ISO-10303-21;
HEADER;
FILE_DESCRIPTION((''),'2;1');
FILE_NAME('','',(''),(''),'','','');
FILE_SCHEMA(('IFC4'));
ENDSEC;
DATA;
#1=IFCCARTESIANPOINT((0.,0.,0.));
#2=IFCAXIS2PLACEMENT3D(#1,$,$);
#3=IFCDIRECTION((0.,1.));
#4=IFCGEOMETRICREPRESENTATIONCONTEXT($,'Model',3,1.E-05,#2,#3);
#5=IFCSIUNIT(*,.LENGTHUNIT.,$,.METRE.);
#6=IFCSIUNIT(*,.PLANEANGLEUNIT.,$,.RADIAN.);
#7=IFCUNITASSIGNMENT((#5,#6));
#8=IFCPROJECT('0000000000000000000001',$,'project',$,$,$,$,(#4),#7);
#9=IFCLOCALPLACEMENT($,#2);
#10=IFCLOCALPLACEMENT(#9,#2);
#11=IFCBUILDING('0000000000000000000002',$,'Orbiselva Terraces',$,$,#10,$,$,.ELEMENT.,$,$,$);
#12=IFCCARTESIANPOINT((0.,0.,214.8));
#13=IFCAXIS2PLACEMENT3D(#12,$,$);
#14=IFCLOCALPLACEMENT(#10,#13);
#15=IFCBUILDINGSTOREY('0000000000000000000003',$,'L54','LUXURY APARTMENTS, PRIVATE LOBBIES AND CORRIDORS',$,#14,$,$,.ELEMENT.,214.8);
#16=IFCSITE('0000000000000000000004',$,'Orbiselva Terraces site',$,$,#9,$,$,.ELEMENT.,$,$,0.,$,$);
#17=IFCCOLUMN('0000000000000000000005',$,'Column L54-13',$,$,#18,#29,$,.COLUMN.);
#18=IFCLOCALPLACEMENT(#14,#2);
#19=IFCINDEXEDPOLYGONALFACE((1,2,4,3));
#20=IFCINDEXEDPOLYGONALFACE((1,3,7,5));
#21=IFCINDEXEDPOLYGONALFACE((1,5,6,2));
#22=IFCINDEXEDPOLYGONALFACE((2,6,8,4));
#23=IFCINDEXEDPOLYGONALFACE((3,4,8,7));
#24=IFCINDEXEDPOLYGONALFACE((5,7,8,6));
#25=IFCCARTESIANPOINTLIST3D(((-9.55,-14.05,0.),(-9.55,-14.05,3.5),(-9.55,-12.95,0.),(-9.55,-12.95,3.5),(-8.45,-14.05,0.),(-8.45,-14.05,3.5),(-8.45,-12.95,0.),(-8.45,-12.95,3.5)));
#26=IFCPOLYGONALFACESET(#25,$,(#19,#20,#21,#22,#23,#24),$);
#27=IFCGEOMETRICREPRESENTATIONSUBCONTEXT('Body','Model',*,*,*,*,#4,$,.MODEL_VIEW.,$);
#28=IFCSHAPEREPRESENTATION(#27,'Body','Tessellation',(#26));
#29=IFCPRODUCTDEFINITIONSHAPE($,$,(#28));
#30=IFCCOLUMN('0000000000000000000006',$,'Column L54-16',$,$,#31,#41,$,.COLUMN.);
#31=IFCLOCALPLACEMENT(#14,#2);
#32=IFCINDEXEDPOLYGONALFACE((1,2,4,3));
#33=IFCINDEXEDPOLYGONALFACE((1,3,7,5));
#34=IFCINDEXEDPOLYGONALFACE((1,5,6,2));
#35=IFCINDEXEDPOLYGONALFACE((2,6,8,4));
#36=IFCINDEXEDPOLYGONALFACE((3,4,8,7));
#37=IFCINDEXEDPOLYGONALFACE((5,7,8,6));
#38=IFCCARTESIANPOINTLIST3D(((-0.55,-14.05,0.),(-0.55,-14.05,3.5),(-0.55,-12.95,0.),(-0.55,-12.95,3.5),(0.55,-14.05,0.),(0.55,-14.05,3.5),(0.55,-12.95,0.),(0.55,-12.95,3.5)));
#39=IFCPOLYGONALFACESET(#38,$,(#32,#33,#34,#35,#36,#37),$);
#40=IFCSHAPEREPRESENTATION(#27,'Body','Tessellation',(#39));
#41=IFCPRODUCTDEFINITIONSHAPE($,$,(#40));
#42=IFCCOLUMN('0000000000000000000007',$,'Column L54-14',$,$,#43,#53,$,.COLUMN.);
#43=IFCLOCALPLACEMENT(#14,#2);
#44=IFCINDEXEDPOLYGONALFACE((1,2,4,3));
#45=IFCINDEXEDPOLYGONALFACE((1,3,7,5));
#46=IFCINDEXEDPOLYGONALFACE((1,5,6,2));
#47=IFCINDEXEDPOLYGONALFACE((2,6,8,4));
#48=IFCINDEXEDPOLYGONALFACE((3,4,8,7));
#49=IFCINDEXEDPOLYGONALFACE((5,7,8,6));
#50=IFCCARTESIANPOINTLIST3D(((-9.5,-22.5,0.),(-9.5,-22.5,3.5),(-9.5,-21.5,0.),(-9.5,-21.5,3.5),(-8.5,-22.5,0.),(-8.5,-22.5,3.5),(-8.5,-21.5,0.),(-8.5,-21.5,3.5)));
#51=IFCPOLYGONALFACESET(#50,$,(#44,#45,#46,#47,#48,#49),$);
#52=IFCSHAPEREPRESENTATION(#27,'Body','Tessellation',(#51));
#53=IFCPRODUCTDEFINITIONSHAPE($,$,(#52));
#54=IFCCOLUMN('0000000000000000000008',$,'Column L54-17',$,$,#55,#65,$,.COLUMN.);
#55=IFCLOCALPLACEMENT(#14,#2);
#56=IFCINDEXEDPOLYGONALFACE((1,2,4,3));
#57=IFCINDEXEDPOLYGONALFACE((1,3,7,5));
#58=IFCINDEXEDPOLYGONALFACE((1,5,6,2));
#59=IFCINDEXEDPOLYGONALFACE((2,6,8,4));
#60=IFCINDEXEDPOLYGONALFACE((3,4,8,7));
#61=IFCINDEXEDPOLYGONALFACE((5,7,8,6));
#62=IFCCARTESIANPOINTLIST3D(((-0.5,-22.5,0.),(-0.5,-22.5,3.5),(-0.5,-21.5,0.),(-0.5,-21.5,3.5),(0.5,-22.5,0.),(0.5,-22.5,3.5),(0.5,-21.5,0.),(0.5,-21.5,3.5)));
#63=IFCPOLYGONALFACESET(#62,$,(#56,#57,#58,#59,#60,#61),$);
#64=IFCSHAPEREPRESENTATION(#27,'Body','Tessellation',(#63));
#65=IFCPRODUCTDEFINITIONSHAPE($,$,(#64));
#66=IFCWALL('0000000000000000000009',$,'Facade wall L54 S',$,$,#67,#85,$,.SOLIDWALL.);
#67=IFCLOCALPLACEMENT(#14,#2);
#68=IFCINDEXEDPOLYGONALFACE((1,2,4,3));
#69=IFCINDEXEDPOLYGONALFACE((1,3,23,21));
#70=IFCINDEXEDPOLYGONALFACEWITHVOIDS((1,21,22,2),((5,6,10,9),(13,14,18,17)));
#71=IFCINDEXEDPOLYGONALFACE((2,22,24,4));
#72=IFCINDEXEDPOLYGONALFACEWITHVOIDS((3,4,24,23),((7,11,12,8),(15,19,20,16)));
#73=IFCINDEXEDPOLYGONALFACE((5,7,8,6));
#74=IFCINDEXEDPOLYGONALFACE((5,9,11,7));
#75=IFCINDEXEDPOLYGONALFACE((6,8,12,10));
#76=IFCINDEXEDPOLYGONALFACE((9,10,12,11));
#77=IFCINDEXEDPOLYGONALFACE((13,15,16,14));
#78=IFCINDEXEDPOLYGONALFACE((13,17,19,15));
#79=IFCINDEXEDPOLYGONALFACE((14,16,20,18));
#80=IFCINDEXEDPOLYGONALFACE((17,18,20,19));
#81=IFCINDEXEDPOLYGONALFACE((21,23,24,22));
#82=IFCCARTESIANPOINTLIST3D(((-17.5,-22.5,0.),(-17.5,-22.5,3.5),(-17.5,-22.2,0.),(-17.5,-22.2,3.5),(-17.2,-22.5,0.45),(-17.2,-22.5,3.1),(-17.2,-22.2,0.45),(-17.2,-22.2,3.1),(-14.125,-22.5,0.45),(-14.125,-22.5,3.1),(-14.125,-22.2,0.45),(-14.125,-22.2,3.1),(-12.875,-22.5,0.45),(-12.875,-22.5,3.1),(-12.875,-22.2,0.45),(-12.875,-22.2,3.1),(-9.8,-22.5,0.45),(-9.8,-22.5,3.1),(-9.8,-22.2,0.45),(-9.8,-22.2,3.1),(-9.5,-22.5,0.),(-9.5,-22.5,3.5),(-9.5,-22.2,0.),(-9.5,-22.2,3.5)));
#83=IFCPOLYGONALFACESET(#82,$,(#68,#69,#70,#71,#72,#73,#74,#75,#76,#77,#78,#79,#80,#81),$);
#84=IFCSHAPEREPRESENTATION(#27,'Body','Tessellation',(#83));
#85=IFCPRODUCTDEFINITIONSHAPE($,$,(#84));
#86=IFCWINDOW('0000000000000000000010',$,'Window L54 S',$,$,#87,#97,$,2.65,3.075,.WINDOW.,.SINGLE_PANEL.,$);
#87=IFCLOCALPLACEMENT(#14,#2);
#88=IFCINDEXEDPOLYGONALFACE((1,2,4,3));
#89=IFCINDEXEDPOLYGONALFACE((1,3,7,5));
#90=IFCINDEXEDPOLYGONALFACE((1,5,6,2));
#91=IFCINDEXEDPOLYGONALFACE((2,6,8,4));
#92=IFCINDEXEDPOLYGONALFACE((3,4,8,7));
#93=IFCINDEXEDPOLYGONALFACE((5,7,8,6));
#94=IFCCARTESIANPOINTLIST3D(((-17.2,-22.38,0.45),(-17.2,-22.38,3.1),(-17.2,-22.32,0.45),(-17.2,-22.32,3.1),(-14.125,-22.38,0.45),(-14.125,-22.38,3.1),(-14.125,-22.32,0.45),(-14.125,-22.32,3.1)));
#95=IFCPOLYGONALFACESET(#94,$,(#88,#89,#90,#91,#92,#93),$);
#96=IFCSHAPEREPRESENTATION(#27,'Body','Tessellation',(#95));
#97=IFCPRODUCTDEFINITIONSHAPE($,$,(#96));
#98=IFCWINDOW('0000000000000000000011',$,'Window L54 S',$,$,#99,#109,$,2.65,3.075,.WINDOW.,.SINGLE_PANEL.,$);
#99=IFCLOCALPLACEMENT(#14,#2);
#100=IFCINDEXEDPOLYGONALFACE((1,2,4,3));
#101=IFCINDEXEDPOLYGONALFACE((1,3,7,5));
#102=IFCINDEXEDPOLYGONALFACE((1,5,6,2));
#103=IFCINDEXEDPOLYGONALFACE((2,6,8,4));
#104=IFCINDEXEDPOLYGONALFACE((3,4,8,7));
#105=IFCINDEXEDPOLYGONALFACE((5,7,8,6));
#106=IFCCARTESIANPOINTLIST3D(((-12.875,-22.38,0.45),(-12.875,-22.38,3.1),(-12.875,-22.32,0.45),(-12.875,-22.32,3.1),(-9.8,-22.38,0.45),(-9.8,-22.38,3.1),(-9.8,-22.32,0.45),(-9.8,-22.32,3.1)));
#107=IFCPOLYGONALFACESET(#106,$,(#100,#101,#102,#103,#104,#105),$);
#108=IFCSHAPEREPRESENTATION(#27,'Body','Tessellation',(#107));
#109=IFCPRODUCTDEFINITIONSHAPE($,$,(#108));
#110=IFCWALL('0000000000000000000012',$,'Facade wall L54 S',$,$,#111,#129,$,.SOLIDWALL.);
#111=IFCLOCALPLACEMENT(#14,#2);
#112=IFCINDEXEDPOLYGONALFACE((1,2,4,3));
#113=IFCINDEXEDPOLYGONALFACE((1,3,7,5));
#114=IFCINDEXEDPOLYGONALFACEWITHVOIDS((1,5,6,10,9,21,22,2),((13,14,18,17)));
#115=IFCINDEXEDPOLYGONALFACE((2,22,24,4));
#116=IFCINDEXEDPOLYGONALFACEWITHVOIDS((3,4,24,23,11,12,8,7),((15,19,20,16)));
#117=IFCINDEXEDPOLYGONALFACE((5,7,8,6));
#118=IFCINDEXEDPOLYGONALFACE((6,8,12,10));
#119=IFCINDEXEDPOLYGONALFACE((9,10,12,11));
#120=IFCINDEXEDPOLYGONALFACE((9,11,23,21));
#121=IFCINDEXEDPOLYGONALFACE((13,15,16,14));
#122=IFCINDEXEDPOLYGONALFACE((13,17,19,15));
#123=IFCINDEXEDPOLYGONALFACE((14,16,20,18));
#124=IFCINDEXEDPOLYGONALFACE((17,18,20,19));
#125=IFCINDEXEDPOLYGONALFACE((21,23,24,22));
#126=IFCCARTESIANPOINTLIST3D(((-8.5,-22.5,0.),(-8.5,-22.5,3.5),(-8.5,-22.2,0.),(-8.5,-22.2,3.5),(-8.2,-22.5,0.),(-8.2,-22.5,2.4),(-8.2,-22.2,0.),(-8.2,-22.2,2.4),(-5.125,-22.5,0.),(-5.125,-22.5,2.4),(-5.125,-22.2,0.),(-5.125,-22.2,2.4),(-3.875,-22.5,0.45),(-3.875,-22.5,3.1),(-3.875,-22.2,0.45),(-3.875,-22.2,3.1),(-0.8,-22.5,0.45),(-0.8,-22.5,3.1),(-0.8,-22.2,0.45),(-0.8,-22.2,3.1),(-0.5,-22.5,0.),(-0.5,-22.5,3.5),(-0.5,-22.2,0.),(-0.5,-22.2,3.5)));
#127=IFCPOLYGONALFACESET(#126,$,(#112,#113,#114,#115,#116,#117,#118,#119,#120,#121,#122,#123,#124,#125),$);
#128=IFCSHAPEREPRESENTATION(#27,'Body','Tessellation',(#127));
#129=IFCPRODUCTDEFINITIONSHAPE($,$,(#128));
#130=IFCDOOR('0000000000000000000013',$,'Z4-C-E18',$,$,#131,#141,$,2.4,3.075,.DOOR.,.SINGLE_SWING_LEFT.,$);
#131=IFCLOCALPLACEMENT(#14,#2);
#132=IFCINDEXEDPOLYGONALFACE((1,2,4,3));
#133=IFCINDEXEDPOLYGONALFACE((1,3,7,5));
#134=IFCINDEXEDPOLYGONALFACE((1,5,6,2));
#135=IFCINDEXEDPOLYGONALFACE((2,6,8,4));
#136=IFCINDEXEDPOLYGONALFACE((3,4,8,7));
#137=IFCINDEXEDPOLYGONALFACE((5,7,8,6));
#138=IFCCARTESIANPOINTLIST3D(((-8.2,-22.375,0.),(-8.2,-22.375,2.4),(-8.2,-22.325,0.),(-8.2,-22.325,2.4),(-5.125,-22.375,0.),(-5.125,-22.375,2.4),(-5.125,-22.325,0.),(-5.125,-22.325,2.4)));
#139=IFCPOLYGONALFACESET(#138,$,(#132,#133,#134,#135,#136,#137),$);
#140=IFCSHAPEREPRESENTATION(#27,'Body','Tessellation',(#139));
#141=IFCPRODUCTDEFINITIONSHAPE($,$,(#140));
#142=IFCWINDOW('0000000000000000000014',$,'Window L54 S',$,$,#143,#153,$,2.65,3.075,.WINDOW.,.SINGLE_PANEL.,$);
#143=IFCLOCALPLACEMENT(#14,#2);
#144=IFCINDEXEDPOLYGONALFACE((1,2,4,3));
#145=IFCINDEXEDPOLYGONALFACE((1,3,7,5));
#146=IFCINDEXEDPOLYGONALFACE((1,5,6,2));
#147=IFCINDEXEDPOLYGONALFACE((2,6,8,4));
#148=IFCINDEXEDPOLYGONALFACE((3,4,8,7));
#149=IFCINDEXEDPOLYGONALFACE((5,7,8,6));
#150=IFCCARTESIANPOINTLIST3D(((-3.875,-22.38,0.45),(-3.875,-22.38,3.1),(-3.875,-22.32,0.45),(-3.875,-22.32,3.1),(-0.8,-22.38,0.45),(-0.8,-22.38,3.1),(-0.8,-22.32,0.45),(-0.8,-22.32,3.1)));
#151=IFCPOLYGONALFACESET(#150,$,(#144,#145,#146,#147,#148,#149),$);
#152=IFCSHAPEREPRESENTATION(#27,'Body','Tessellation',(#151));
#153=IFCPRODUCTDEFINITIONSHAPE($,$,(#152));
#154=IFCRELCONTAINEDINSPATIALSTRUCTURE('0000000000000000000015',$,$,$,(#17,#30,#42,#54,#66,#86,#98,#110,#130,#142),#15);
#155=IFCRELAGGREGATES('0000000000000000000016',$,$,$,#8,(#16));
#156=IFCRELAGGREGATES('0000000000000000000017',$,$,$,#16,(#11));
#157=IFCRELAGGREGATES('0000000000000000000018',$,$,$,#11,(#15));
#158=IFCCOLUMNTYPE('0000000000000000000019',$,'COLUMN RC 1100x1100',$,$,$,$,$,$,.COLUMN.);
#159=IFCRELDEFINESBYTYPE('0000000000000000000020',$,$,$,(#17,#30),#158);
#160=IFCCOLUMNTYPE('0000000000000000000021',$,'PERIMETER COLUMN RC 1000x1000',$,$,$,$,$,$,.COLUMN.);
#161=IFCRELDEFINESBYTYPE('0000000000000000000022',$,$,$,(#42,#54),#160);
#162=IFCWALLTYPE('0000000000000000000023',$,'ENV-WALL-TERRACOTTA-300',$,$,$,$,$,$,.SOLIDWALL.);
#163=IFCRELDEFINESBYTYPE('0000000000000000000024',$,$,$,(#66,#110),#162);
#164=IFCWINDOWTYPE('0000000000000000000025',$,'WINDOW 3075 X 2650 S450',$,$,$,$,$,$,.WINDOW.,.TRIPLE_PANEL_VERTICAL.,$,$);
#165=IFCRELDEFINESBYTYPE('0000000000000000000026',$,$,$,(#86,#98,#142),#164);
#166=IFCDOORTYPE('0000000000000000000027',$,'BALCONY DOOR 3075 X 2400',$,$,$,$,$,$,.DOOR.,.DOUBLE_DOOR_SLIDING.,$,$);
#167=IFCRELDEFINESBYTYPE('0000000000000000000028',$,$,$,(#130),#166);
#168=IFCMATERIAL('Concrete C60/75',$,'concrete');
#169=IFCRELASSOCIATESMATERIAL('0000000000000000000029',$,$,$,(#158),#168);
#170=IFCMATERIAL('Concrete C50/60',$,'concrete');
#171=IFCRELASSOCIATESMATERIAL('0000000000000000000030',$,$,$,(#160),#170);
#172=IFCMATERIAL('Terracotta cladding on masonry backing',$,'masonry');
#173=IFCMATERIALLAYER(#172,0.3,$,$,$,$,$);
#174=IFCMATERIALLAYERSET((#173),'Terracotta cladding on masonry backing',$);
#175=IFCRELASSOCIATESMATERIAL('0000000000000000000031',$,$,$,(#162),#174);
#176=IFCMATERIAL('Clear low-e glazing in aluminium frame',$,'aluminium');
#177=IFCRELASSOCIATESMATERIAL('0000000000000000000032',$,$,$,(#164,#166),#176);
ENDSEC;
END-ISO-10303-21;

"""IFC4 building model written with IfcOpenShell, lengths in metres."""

from ifc_helpers import new_model, si_unit, direction, frame, frame_2d, origin, origin_2d, place, context, subcontext, project, spatial, rectangle, extrude, material, layer, layer_set, material_profile, profile_set, type_object, element, fill, save


model = new_model("IFC4")

# Units and contexts
model_context = context("Model", 3, precision=1e-05, world=origin(), true_north=direction((0.0, 1.0)))
body_context = subcontext(model_context, "Body", "Model", "MODEL_VIEW")
ifc_project = project(units=[si_unit("LENGTHUNIT", "METRE"), si_unit("PLANEANGLEUNIT", "RADIAN")], contexts=[model_context])

# Site, building, storey
site_placement = place(None, origin())
site = spatial("IfcSite", under=ifc_project, at=site_placement, Name="Orbiselva Terraces site", CompositionType="ELEMENT", RefElevation=0.0)
building_placement = place(site_placement, origin())
building = spatial("IfcBuilding", under=site, at=building_placement, Name="Orbiselva Terraces", CompositionType="ELEMENT")
storey_placement = place(building_placement, frame((0.0, 0.0, 214.8)))
storey = spatial("IfcBuildingStorey", under=building, at=storey_placement, Name="L54", Description="LUXURY APARTMENTS, PRIVATE LOBBIES AND CORRIDORS", CompositionType="ELEMENT", Elevation=214.8)

# Columns
ifc_material_1 = material(Name="Concrete C60/75", Category="concrete")
ifc_material_profile_1 = material_profile(ifc_material_1, rectangle(XDim=1.1, YDim=1.1, at=origin_2d()), Name="RC 1100x1100")
ifc_profile_set_1 = profile_set([ifc_material_profile_1], Name="Concrete C60/75")
column_type_1 = type_object("IfcColumnType", Name="COLUMN RC 1100x1100", PredefinedType="COLUMN", material=ifc_profile_set_1)
for number, where, z_axis, x_axis, name in (
    (1, (-9.0, -13.5, 0.0), (0.0, 0.0, 1.0), (1.0, 0.0, 0.0), "Column L54-13"),
    (2, (0.0, -13.5, 0.0), (0.0, 0.0, 1.0), (1.0, 0.0, 0.0), "Column L54-16"),
):
    element("IfcColumn", number, at=place(storey_placement, frame(where, z_axis=z_axis, x_axis=x_axis)), inside=storey, type_object=column_type_1, Name=name, PredefinedType="COLUMN", context=body_context, shape_type="SweptSolid", body=[
        extrude(rectangle(XDim=1.1, YDim=1.1, at=origin_2d()), origin(), (0.0, 0.0, 1.0), 3.5),
    ])
ifc_material_2 = material(Name="Concrete C50/60", Category="concrete")
ifc_material_profile_2 = material_profile(ifc_material_2, rectangle(XDim=1.0, YDim=1.0, at=origin_2d()), Name="RC 1000x1000")
ifc_profile_set_2 = profile_set([ifc_material_profile_2], Name="Concrete C50/60")
column_type_2 = type_object("IfcColumnType", Name="PERIMETER COLUMN RC 1000x1000", PredefinedType="COLUMN", material=ifc_profile_set_2)
for number, where, z_axis, x_axis, name in (
    (3, (-9.0, -22.0, 0.0), (0.0, 0.0, 1.0), (1.0, 0.0, 0.0), "Column L54-14"),
    (4, (0.0, -22.0, 0.0), (0.0, 0.0, 1.0), (1.0, 0.0, 0.0), "Column L54-17"),
):
    element("IfcColumn", number, at=place(storey_placement, frame(where, z_axis=z_axis, x_axis=x_axis)), inside=storey, type_object=column_type_2, Name=name, PredefinedType="COLUMN", context=body_context, shape_type="SweptSolid", body=[
        extrude(rectangle(XDim=1.0, YDim=1.0, at=origin_2d()), origin(), (0.0, 0.0, 1.0), 3.5),
    ])

# Wall, openings, windows
ifc_material_3 = material(Name="Terracotta cladding on masonry backing", Category="masonry")
ifc_layer_1 = layer(ifc_material_3, 0.3)
ifc_layer_set_1 = layer_set([ifc_layer_1], Name="Terracotta cladding on masonry backing")
wall_type_1 = type_object("IfcWallType", Name="ENV-WALL-TERRACOTTA-300", PredefinedType="SOLIDWALL", material=ifc_layer_set_1)
wall_1_placement = place(storey_placement, frame((-9.5, -22.35, 0.0), z_axis=(0.0, 0.0, 1.0), x_axis=(-1.0, 0.0, 0.0)))
wall_1 = element("IfcWall", 5, at=wall_1_placement, inside=storey, type_object=wall_type_1, Name="Facade wall L54 S", PredefinedType="SOLIDWALL", context=body_context, shape_type="SweptSolid", body=[
    extrude(rectangle(XDim=8.0, YDim=0.3, at=frame_2d((4.0, 0.0))), origin(), (0.0, 0.0, 1.0), 3.5),
])
opening_1_placement = place(wall_1_placement, frame((4.625, 0.0, 0.45)))
opening_1 = element("IfcOpeningElement", 6, at=opening_1_placement, cuts=wall_1, PredefinedType="OPENING", context=body_context, shape_type="SweptSolid", body=[
    extrude(rectangle(XDim=3.075, YDim=2.65, at=frame_2d((1.5375, 1.325))), frame((0.0, 0.16, 0.0), z_axis=(0.0, -1.0, 0.0), x_axis=(1.0, 0.0, 0.0)), (0.0, 0.0, 1.0), 0.32),
])
opening_2_placement = place(wall_1_placement, frame((0.3, 0.0, 0.45)))
opening_2 = element("IfcOpeningElement", 7, at=opening_2_placement, cuts=wall_1, PredefinedType="OPENING", context=body_context, shape_type="SweptSolid", body=[
    extrude(rectangle(XDim=3.075, YDim=2.65, at=frame_2d((1.5375, 1.325))), frame((0.0, 0.16, 0.0), z_axis=(0.0, -1.0, 0.0), x_axis=(1.0, 0.0, 0.0)), (0.0, 0.0, 1.0), 0.32),
])
ifc_material_4 = material(Name="Clear low-e glazing in aluminium frame", Category="aluminium")
window_type = type_object("IfcWindowType", Name="WINDOW 3075 X 2650 S450", PartitioningType="TRIPLE_PANEL_VERTICAL", PredefinedType="WINDOW", material=ifc_material_4)
window_1_placement = place(opening_1_placement, origin())
window_1 = element("IfcWindow", 8, at=window_1_placement, inside=storey, type_object=window_type, Name="Window L54 S", OverallHeight=2.65, OverallWidth=3.075, PartitioningType="SINGLE_PANEL", PredefinedType="WINDOW", context=body_context, shape_type="SweptSolid", body=[
    extrude(rectangle(XDim=3.075, YDim=2.65, at=frame_2d((1.5375, 1.325))), frame((0.0, 0.03, 0.0), z_axis=(0.0, -1.0, 0.0), x_axis=(1.0, 0.0, 0.0)), (0.0, 0.0, 1.0), 0.06),
])
fill(opening_1, window_1)
window_2_placement = place(opening_2_placement, origin())
window_2 = element("IfcWindow", 9, at=window_2_placement, inside=storey, type_object=window_type, Name="Window L54 S", OverallHeight=2.65, OverallWidth=3.075, PartitioningType="SINGLE_PANEL", PredefinedType="WINDOW", context=body_context, shape_type="SweptSolid", body=[
    extrude(rectangle(XDim=3.075, YDim=2.65, at=frame_2d((1.5375, 1.325))), frame((0.0, 0.03, 0.0), z_axis=(0.0, -1.0, 0.0), x_axis=(1.0, 0.0, 0.0)), (0.0, 0.0, 1.0), 0.06),
])
fill(opening_2, window_2)

# Wall, openings, door, window
wall_2_placement = place(storey_placement, frame((-0.5, -22.35, 0.0), z_axis=(0.0, 0.0, 1.0), x_axis=(-1.0, 0.0, 0.0)))
wall_2 = element("IfcWall", 10, at=wall_2_placement, inside=storey, type_object=wall_type_1, Name="Facade wall L54 S", PredefinedType="SOLIDWALL", context=body_context, shape_type="SweptSolid", body=[
    extrude(rectangle(XDim=8.0, YDim=0.3, at=frame_2d((4.0, 0.0))), origin(), (0.0, 0.0, 1.0), 3.5),
])
opening_3_placement = place(wall_2_placement, frame((4.625, 0.0, 0.0)))
opening_3 = element("IfcOpeningElement", 11, at=opening_3_placement, cuts=wall_2, PredefinedType="OPENING", context=body_context, shape_type="SweptSolid", body=[
    extrude(rectangle(XDim=3.075, YDim=2.4, at=frame_2d((1.5375, 1.2))), frame((0.0, 0.16, 0.0), z_axis=(0.0, -1.0, 0.0), x_axis=(1.0, 0.0, 0.0)), (0.0, 0.0, 1.0), 0.32),
])
opening_4_placement = place(wall_2_placement, frame((0.3, 0.0, 0.45)))
opening_4 = element("IfcOpeningElement", 12, at=opening_4_placement, cuts=wall_2, PredefinedType="OPENING", context=body_context, shape_type="SweptSolid", body=[
    extrude(rectangle(XDim=3.075, YDim=2.65, at=frame_2d((1.5375, 1.325))), frame((0.0, 0.16, 0.0), z_axis=(0.0, -1.0, 0.0), x_axis=(1.0, 0.0, 0.0)), (0.0, 0.0, 1.0), 0.32),
])
door_type_1 = type_object("IfcDoorType", Name="BALCONY DOOR 3075 X 2400", OperationType="DOUBLE_DOOR_SLIDING", PredefinedType="DOOR", material=ifc_material_4)
door_1_placement = place(opening_3_placement, origin())
door_1 = element("IfcDoor", 13, at=door_1_placement, inside=storey, type_object=door_type_1, Name="Z4-C-E18", OperationType="SINGLE_SWING_LEFT", OverallHeight=2.4, OverallWidth=3.075, PredefinedType="DOOR", context=body_context, shape_type="SweptSolid", body=[
    extrude(rectangle(XDim=3.075, YDim=2.4, at=frame_2d((1.5375, 1.2))), frame((0.0, 0.025, 0.0), z_axis=(0.0, -1.0, 0.0), x_axis=(1.0, 0.0, 0.0)), (0.0, 0.0, 1.0), 0.05),
])
fill(opening_3, door_1)
window_3_placement = place(opening_4_placement, origin())
window_3 = element("IfcWindow", 14, at=window_3_placement, inside=storey, type_object=window_type, Name="Window L54 S", OverallHeight=2.65, OverallWidth=3.075, PartitioningType="SINGLE_PANEL", PredefinedType="WINDOW", context=body_context, shape_type="SweptSolid", body=[
    extrude(rectangle(XDim=3.075, YDim=2.65, at=frame_2d((1.5375, 1.325))), frame((0.0, 0.03, 0.0), z_axis=(0.0, -1.0, 0.0), x_axis=(1.0, 0.0, 0.0)), (0.0, 0.0, 1.0), 0.06),
])
fill(opening_4, window_3)

save(model, "model.ifc")
